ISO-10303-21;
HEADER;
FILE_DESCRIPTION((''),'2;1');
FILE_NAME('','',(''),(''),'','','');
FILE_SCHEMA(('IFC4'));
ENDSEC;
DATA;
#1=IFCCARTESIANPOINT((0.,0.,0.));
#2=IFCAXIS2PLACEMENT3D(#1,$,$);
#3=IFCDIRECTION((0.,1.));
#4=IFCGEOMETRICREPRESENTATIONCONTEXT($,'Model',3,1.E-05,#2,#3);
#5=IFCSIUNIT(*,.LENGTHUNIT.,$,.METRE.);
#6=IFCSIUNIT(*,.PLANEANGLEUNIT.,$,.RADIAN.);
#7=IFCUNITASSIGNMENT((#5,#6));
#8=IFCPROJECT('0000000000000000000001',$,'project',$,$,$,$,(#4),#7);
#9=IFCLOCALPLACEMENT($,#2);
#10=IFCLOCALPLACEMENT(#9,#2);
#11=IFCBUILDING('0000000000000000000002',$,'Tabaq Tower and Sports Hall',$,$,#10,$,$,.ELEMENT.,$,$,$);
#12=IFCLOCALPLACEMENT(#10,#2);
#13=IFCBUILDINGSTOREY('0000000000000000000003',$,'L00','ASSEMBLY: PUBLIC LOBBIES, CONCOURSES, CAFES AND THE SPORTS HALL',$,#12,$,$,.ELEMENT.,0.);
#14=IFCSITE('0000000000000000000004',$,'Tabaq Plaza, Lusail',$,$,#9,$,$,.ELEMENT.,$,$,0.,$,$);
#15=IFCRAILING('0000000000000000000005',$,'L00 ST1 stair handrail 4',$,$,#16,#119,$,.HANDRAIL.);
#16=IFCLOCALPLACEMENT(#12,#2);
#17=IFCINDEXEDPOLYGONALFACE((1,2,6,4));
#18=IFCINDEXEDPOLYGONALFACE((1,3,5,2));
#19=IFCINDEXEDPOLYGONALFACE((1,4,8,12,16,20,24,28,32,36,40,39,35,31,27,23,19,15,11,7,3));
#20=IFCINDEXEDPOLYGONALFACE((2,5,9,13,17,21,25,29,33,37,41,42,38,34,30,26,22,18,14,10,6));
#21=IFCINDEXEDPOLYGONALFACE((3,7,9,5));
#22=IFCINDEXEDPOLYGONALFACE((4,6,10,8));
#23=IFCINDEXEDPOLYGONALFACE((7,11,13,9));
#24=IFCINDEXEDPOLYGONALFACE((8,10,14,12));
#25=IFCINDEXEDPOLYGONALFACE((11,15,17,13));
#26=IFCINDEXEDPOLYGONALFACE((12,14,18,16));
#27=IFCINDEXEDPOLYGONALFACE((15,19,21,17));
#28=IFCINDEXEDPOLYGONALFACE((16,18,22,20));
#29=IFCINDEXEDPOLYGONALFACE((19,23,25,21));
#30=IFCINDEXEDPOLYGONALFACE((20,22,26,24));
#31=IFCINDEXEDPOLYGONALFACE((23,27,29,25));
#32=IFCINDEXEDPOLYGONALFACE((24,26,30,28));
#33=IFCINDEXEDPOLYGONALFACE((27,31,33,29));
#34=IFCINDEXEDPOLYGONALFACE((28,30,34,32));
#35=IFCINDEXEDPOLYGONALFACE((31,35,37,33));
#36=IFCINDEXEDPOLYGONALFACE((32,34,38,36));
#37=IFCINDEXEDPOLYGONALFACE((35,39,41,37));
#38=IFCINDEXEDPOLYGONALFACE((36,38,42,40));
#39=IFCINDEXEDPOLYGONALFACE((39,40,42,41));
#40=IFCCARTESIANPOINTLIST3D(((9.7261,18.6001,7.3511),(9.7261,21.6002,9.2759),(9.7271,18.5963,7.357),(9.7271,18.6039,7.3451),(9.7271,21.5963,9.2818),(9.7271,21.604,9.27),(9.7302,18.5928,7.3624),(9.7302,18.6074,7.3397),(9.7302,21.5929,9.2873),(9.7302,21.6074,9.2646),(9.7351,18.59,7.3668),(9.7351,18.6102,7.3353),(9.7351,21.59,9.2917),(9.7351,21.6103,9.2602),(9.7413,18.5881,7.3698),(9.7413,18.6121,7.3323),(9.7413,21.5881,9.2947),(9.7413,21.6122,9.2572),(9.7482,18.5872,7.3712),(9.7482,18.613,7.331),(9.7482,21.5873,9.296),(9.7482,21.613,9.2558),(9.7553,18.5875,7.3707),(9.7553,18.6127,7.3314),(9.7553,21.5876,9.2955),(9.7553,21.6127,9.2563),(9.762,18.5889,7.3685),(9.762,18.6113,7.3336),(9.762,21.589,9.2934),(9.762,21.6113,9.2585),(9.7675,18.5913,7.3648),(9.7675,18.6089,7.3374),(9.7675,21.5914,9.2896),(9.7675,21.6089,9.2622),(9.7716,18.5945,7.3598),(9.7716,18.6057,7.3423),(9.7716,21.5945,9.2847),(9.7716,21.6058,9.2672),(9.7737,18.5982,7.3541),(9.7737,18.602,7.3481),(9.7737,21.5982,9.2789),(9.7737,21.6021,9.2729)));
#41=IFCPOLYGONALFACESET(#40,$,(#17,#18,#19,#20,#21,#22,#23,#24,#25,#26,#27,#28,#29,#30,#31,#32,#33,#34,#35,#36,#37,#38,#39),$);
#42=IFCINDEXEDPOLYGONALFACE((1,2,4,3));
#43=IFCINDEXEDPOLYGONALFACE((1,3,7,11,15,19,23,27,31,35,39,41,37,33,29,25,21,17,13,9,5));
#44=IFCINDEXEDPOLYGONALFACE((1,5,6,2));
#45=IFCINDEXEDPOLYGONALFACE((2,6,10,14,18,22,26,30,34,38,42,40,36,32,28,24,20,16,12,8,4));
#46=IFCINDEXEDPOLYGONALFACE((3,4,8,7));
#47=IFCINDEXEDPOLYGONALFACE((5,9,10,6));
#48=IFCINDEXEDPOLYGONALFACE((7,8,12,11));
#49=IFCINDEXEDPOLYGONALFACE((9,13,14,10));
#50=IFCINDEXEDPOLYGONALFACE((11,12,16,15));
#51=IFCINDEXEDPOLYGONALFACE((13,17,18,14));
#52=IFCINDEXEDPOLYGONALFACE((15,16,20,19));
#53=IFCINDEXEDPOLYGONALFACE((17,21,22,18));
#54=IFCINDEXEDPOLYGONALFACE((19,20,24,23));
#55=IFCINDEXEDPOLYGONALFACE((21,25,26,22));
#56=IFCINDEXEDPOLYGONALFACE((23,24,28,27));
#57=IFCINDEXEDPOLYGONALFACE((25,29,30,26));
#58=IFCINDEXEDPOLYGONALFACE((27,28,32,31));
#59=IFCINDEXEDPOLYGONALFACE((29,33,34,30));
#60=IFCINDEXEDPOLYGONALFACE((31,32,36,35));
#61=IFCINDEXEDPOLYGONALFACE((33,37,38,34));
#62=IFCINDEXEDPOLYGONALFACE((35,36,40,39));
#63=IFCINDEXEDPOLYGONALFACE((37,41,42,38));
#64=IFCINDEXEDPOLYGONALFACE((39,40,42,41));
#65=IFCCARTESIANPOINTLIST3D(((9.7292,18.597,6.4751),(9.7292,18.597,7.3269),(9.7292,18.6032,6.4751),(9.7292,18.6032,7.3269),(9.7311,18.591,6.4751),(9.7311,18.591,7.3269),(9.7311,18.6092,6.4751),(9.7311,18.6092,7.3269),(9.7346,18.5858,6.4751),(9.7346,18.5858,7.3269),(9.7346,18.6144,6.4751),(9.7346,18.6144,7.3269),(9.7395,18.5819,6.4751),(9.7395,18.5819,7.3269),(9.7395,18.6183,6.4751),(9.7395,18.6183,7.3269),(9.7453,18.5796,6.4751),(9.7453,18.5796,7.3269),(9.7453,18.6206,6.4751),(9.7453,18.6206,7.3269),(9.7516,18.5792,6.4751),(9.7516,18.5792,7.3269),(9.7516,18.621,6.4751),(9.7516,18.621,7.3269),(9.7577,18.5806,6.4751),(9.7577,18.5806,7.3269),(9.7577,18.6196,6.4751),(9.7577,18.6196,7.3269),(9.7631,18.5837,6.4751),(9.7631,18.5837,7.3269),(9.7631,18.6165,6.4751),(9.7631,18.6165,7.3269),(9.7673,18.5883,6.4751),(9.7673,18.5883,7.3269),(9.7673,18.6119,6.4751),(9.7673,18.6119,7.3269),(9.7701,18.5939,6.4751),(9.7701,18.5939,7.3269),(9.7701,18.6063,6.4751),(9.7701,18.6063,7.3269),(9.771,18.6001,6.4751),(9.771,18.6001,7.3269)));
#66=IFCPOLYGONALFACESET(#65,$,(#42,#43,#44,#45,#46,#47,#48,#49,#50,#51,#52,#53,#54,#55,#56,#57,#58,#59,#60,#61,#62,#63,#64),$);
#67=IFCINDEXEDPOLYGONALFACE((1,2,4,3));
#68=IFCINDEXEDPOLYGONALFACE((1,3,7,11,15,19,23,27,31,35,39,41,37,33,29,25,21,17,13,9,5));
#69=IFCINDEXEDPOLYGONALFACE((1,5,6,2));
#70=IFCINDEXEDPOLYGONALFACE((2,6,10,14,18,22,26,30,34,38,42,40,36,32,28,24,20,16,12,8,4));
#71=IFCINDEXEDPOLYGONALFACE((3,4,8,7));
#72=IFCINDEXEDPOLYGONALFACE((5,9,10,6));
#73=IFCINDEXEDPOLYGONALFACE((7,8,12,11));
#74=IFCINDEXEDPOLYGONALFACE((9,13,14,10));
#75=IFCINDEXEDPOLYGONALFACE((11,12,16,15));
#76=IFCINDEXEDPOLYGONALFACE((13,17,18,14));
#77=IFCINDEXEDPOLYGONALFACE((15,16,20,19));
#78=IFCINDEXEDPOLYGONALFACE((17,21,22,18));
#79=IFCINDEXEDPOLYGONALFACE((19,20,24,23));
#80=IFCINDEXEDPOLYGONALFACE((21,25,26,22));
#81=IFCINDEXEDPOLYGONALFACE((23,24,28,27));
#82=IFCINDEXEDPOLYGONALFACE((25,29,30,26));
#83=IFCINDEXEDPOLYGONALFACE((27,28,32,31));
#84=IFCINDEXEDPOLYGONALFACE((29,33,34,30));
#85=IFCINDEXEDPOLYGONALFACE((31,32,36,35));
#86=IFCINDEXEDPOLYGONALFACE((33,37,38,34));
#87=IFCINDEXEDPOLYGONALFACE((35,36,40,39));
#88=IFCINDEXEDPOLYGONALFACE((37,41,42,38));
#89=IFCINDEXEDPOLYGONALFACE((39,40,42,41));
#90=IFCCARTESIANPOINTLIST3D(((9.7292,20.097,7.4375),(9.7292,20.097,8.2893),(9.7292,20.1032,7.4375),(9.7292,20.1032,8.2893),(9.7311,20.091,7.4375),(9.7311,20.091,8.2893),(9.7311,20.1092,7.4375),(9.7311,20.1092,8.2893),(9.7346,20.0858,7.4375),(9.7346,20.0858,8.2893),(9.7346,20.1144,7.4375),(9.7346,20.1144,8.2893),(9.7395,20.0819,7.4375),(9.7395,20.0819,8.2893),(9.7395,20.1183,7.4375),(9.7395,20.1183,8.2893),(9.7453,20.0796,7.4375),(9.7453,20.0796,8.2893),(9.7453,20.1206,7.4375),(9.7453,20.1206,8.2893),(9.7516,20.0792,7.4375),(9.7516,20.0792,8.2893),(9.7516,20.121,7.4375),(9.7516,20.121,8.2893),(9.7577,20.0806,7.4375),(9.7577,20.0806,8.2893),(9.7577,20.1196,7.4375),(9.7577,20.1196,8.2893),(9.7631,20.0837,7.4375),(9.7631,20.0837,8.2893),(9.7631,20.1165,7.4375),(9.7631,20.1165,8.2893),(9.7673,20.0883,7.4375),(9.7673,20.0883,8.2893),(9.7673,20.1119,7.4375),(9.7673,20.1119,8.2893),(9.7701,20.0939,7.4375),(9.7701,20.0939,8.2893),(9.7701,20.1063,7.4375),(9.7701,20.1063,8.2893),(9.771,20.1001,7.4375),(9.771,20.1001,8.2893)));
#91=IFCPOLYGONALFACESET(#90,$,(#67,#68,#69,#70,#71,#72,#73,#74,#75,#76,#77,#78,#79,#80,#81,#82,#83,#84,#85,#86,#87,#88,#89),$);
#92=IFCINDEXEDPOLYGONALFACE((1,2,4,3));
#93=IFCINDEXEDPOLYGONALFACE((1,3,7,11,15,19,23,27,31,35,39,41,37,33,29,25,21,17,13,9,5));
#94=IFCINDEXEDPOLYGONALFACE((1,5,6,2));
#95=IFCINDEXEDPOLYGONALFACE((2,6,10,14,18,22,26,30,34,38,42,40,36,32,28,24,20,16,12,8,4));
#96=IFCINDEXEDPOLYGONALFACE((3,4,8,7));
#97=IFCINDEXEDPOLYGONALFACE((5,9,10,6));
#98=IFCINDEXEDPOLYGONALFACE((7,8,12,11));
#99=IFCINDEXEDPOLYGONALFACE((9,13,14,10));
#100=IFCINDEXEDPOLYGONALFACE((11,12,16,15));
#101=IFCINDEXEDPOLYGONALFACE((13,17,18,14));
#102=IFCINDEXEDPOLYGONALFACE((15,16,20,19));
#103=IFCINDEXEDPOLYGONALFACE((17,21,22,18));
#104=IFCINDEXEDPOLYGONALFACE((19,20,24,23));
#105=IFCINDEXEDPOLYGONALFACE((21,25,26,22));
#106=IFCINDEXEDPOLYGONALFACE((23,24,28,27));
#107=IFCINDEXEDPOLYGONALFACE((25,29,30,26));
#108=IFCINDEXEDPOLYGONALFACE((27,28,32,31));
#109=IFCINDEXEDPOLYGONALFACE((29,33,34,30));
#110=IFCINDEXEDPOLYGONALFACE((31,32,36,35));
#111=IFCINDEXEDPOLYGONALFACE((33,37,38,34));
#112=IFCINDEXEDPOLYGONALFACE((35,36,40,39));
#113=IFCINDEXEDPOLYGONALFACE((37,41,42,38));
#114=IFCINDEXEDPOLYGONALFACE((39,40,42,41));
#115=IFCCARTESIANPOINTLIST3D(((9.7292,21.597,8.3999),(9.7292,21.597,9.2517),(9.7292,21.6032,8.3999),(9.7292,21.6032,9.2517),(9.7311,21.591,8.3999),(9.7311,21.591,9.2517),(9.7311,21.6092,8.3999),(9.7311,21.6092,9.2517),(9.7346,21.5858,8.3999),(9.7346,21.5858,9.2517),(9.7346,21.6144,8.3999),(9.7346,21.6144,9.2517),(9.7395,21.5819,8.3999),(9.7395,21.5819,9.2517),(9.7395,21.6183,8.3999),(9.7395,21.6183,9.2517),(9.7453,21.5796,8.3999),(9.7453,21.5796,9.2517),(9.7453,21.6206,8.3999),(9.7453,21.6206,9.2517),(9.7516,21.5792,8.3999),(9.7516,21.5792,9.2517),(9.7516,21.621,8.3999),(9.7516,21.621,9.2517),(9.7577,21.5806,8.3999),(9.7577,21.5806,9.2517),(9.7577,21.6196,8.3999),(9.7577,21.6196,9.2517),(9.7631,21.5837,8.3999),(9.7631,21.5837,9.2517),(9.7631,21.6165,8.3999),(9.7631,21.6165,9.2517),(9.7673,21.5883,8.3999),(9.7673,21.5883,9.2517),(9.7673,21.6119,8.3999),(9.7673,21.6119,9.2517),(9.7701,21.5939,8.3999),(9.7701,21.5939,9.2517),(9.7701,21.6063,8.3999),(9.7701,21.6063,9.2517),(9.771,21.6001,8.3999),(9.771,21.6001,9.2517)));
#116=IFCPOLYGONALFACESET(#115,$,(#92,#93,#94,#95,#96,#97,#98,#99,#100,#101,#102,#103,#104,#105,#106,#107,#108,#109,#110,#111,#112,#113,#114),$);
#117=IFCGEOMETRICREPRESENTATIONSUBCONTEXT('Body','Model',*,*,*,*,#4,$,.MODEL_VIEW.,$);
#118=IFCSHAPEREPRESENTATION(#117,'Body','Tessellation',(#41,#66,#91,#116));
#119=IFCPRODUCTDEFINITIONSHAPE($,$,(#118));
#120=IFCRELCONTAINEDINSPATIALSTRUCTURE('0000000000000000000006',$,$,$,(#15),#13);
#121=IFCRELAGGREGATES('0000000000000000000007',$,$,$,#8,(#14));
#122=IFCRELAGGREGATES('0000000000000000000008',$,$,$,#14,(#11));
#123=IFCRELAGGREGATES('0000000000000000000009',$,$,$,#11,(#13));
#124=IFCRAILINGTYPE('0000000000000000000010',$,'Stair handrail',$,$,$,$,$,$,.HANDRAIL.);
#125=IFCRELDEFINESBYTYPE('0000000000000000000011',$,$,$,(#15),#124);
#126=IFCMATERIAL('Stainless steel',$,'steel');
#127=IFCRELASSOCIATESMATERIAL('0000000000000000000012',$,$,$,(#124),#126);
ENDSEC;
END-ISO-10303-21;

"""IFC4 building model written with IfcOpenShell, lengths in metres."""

from ifc_helpers import new_model, si_unit, direction, frame, origin, origin_2d, place, context, subcontext, project, spatial, circle, extrude, material, type_object, element, save


model = new_model("IFC4")

# Units and contexts
model_context = context("Model", 3, precision=1e-05, world=origin(), true_north=direction((0.0, 1.0)))
body_context = subcontext(model_context, "Body", "Model", "MODEL_VIEW")
ifc_project = project(units=[si_unit("LENGTHUNIT", "METRE"), si_unit("PLANEANGLEUNIT", "RADIAN")], contexts=[model_context])

# Site, building, storey
site_placement = place(None, origin())
site = spatial("IfcSite", under=ifc_project, at=site_placement, Name="Tabaq Plaza, Lusail", CompositionType="ELEMENT", RefElevation=0.0)
building_placement = place(site_placement, origin())
building = spatial("IfcBuilding", under=site, at=building_placement, Name="Tabaq Tower and Sports Hall", CompositionType="ELEMENT")
storey_placement = place(building_placement, origin())
storey = spatial("IfcBuildingStorey", under=building, at=storey_placement, Name="L00", Description="ASSEMBLY: PUBLIC LOBBIES, CONCOURSES, CAFES AND THE SPORTS HALL", CompositionType="ELEMENT", Elevation=0.0)

# Railing
ifc_material_1 = material(Name="Stainless steel", Category="steel")
railing_type_1 = type_object("IfcRailingType", Name="Stair handrail", PredefinedType="HANDRAIL", material=ifc_material_1)
railing_1_placement = place(storey_placement, frame((9.75, 18.6001, 6.4751)))
element("IfcRailing", 1, at=railing_1_placement, inside=storey, type_object=railing_type_1, Name="L00 ST1 stair handrail 4", PredefinedType="HANDRAIL", context=body_context, shape_type="SweptSolid", body=[
    extrude(circle(Radius=0.0239, at=origin_2d()), frame((0.0, 0.0, 0.876), z_axis=(0.0, 0.841659, 0.54001), x_axis=(-1.0, 0.0, 0.0)), (0.0, 0.0, 1.0), 3.5645),
    extrude(circle(Radius=0.021, at=origin_2d()), origin(), (0.0, 0.0, 1.0), 0.8518),
    extrude(circle(Radius=0.021, at=origin_2d()), frame((0.0, 1.5, 0.9624)), (0.0, 0.0, 1.0), 0.8518),
    extrude(circle(Radius=0.021, at=origin_2d()), frame((0.0, 3.0, 1.9248)), (0.0, 0.0, 1.0), 0.8518),
])

save(model, "model.ifc")
